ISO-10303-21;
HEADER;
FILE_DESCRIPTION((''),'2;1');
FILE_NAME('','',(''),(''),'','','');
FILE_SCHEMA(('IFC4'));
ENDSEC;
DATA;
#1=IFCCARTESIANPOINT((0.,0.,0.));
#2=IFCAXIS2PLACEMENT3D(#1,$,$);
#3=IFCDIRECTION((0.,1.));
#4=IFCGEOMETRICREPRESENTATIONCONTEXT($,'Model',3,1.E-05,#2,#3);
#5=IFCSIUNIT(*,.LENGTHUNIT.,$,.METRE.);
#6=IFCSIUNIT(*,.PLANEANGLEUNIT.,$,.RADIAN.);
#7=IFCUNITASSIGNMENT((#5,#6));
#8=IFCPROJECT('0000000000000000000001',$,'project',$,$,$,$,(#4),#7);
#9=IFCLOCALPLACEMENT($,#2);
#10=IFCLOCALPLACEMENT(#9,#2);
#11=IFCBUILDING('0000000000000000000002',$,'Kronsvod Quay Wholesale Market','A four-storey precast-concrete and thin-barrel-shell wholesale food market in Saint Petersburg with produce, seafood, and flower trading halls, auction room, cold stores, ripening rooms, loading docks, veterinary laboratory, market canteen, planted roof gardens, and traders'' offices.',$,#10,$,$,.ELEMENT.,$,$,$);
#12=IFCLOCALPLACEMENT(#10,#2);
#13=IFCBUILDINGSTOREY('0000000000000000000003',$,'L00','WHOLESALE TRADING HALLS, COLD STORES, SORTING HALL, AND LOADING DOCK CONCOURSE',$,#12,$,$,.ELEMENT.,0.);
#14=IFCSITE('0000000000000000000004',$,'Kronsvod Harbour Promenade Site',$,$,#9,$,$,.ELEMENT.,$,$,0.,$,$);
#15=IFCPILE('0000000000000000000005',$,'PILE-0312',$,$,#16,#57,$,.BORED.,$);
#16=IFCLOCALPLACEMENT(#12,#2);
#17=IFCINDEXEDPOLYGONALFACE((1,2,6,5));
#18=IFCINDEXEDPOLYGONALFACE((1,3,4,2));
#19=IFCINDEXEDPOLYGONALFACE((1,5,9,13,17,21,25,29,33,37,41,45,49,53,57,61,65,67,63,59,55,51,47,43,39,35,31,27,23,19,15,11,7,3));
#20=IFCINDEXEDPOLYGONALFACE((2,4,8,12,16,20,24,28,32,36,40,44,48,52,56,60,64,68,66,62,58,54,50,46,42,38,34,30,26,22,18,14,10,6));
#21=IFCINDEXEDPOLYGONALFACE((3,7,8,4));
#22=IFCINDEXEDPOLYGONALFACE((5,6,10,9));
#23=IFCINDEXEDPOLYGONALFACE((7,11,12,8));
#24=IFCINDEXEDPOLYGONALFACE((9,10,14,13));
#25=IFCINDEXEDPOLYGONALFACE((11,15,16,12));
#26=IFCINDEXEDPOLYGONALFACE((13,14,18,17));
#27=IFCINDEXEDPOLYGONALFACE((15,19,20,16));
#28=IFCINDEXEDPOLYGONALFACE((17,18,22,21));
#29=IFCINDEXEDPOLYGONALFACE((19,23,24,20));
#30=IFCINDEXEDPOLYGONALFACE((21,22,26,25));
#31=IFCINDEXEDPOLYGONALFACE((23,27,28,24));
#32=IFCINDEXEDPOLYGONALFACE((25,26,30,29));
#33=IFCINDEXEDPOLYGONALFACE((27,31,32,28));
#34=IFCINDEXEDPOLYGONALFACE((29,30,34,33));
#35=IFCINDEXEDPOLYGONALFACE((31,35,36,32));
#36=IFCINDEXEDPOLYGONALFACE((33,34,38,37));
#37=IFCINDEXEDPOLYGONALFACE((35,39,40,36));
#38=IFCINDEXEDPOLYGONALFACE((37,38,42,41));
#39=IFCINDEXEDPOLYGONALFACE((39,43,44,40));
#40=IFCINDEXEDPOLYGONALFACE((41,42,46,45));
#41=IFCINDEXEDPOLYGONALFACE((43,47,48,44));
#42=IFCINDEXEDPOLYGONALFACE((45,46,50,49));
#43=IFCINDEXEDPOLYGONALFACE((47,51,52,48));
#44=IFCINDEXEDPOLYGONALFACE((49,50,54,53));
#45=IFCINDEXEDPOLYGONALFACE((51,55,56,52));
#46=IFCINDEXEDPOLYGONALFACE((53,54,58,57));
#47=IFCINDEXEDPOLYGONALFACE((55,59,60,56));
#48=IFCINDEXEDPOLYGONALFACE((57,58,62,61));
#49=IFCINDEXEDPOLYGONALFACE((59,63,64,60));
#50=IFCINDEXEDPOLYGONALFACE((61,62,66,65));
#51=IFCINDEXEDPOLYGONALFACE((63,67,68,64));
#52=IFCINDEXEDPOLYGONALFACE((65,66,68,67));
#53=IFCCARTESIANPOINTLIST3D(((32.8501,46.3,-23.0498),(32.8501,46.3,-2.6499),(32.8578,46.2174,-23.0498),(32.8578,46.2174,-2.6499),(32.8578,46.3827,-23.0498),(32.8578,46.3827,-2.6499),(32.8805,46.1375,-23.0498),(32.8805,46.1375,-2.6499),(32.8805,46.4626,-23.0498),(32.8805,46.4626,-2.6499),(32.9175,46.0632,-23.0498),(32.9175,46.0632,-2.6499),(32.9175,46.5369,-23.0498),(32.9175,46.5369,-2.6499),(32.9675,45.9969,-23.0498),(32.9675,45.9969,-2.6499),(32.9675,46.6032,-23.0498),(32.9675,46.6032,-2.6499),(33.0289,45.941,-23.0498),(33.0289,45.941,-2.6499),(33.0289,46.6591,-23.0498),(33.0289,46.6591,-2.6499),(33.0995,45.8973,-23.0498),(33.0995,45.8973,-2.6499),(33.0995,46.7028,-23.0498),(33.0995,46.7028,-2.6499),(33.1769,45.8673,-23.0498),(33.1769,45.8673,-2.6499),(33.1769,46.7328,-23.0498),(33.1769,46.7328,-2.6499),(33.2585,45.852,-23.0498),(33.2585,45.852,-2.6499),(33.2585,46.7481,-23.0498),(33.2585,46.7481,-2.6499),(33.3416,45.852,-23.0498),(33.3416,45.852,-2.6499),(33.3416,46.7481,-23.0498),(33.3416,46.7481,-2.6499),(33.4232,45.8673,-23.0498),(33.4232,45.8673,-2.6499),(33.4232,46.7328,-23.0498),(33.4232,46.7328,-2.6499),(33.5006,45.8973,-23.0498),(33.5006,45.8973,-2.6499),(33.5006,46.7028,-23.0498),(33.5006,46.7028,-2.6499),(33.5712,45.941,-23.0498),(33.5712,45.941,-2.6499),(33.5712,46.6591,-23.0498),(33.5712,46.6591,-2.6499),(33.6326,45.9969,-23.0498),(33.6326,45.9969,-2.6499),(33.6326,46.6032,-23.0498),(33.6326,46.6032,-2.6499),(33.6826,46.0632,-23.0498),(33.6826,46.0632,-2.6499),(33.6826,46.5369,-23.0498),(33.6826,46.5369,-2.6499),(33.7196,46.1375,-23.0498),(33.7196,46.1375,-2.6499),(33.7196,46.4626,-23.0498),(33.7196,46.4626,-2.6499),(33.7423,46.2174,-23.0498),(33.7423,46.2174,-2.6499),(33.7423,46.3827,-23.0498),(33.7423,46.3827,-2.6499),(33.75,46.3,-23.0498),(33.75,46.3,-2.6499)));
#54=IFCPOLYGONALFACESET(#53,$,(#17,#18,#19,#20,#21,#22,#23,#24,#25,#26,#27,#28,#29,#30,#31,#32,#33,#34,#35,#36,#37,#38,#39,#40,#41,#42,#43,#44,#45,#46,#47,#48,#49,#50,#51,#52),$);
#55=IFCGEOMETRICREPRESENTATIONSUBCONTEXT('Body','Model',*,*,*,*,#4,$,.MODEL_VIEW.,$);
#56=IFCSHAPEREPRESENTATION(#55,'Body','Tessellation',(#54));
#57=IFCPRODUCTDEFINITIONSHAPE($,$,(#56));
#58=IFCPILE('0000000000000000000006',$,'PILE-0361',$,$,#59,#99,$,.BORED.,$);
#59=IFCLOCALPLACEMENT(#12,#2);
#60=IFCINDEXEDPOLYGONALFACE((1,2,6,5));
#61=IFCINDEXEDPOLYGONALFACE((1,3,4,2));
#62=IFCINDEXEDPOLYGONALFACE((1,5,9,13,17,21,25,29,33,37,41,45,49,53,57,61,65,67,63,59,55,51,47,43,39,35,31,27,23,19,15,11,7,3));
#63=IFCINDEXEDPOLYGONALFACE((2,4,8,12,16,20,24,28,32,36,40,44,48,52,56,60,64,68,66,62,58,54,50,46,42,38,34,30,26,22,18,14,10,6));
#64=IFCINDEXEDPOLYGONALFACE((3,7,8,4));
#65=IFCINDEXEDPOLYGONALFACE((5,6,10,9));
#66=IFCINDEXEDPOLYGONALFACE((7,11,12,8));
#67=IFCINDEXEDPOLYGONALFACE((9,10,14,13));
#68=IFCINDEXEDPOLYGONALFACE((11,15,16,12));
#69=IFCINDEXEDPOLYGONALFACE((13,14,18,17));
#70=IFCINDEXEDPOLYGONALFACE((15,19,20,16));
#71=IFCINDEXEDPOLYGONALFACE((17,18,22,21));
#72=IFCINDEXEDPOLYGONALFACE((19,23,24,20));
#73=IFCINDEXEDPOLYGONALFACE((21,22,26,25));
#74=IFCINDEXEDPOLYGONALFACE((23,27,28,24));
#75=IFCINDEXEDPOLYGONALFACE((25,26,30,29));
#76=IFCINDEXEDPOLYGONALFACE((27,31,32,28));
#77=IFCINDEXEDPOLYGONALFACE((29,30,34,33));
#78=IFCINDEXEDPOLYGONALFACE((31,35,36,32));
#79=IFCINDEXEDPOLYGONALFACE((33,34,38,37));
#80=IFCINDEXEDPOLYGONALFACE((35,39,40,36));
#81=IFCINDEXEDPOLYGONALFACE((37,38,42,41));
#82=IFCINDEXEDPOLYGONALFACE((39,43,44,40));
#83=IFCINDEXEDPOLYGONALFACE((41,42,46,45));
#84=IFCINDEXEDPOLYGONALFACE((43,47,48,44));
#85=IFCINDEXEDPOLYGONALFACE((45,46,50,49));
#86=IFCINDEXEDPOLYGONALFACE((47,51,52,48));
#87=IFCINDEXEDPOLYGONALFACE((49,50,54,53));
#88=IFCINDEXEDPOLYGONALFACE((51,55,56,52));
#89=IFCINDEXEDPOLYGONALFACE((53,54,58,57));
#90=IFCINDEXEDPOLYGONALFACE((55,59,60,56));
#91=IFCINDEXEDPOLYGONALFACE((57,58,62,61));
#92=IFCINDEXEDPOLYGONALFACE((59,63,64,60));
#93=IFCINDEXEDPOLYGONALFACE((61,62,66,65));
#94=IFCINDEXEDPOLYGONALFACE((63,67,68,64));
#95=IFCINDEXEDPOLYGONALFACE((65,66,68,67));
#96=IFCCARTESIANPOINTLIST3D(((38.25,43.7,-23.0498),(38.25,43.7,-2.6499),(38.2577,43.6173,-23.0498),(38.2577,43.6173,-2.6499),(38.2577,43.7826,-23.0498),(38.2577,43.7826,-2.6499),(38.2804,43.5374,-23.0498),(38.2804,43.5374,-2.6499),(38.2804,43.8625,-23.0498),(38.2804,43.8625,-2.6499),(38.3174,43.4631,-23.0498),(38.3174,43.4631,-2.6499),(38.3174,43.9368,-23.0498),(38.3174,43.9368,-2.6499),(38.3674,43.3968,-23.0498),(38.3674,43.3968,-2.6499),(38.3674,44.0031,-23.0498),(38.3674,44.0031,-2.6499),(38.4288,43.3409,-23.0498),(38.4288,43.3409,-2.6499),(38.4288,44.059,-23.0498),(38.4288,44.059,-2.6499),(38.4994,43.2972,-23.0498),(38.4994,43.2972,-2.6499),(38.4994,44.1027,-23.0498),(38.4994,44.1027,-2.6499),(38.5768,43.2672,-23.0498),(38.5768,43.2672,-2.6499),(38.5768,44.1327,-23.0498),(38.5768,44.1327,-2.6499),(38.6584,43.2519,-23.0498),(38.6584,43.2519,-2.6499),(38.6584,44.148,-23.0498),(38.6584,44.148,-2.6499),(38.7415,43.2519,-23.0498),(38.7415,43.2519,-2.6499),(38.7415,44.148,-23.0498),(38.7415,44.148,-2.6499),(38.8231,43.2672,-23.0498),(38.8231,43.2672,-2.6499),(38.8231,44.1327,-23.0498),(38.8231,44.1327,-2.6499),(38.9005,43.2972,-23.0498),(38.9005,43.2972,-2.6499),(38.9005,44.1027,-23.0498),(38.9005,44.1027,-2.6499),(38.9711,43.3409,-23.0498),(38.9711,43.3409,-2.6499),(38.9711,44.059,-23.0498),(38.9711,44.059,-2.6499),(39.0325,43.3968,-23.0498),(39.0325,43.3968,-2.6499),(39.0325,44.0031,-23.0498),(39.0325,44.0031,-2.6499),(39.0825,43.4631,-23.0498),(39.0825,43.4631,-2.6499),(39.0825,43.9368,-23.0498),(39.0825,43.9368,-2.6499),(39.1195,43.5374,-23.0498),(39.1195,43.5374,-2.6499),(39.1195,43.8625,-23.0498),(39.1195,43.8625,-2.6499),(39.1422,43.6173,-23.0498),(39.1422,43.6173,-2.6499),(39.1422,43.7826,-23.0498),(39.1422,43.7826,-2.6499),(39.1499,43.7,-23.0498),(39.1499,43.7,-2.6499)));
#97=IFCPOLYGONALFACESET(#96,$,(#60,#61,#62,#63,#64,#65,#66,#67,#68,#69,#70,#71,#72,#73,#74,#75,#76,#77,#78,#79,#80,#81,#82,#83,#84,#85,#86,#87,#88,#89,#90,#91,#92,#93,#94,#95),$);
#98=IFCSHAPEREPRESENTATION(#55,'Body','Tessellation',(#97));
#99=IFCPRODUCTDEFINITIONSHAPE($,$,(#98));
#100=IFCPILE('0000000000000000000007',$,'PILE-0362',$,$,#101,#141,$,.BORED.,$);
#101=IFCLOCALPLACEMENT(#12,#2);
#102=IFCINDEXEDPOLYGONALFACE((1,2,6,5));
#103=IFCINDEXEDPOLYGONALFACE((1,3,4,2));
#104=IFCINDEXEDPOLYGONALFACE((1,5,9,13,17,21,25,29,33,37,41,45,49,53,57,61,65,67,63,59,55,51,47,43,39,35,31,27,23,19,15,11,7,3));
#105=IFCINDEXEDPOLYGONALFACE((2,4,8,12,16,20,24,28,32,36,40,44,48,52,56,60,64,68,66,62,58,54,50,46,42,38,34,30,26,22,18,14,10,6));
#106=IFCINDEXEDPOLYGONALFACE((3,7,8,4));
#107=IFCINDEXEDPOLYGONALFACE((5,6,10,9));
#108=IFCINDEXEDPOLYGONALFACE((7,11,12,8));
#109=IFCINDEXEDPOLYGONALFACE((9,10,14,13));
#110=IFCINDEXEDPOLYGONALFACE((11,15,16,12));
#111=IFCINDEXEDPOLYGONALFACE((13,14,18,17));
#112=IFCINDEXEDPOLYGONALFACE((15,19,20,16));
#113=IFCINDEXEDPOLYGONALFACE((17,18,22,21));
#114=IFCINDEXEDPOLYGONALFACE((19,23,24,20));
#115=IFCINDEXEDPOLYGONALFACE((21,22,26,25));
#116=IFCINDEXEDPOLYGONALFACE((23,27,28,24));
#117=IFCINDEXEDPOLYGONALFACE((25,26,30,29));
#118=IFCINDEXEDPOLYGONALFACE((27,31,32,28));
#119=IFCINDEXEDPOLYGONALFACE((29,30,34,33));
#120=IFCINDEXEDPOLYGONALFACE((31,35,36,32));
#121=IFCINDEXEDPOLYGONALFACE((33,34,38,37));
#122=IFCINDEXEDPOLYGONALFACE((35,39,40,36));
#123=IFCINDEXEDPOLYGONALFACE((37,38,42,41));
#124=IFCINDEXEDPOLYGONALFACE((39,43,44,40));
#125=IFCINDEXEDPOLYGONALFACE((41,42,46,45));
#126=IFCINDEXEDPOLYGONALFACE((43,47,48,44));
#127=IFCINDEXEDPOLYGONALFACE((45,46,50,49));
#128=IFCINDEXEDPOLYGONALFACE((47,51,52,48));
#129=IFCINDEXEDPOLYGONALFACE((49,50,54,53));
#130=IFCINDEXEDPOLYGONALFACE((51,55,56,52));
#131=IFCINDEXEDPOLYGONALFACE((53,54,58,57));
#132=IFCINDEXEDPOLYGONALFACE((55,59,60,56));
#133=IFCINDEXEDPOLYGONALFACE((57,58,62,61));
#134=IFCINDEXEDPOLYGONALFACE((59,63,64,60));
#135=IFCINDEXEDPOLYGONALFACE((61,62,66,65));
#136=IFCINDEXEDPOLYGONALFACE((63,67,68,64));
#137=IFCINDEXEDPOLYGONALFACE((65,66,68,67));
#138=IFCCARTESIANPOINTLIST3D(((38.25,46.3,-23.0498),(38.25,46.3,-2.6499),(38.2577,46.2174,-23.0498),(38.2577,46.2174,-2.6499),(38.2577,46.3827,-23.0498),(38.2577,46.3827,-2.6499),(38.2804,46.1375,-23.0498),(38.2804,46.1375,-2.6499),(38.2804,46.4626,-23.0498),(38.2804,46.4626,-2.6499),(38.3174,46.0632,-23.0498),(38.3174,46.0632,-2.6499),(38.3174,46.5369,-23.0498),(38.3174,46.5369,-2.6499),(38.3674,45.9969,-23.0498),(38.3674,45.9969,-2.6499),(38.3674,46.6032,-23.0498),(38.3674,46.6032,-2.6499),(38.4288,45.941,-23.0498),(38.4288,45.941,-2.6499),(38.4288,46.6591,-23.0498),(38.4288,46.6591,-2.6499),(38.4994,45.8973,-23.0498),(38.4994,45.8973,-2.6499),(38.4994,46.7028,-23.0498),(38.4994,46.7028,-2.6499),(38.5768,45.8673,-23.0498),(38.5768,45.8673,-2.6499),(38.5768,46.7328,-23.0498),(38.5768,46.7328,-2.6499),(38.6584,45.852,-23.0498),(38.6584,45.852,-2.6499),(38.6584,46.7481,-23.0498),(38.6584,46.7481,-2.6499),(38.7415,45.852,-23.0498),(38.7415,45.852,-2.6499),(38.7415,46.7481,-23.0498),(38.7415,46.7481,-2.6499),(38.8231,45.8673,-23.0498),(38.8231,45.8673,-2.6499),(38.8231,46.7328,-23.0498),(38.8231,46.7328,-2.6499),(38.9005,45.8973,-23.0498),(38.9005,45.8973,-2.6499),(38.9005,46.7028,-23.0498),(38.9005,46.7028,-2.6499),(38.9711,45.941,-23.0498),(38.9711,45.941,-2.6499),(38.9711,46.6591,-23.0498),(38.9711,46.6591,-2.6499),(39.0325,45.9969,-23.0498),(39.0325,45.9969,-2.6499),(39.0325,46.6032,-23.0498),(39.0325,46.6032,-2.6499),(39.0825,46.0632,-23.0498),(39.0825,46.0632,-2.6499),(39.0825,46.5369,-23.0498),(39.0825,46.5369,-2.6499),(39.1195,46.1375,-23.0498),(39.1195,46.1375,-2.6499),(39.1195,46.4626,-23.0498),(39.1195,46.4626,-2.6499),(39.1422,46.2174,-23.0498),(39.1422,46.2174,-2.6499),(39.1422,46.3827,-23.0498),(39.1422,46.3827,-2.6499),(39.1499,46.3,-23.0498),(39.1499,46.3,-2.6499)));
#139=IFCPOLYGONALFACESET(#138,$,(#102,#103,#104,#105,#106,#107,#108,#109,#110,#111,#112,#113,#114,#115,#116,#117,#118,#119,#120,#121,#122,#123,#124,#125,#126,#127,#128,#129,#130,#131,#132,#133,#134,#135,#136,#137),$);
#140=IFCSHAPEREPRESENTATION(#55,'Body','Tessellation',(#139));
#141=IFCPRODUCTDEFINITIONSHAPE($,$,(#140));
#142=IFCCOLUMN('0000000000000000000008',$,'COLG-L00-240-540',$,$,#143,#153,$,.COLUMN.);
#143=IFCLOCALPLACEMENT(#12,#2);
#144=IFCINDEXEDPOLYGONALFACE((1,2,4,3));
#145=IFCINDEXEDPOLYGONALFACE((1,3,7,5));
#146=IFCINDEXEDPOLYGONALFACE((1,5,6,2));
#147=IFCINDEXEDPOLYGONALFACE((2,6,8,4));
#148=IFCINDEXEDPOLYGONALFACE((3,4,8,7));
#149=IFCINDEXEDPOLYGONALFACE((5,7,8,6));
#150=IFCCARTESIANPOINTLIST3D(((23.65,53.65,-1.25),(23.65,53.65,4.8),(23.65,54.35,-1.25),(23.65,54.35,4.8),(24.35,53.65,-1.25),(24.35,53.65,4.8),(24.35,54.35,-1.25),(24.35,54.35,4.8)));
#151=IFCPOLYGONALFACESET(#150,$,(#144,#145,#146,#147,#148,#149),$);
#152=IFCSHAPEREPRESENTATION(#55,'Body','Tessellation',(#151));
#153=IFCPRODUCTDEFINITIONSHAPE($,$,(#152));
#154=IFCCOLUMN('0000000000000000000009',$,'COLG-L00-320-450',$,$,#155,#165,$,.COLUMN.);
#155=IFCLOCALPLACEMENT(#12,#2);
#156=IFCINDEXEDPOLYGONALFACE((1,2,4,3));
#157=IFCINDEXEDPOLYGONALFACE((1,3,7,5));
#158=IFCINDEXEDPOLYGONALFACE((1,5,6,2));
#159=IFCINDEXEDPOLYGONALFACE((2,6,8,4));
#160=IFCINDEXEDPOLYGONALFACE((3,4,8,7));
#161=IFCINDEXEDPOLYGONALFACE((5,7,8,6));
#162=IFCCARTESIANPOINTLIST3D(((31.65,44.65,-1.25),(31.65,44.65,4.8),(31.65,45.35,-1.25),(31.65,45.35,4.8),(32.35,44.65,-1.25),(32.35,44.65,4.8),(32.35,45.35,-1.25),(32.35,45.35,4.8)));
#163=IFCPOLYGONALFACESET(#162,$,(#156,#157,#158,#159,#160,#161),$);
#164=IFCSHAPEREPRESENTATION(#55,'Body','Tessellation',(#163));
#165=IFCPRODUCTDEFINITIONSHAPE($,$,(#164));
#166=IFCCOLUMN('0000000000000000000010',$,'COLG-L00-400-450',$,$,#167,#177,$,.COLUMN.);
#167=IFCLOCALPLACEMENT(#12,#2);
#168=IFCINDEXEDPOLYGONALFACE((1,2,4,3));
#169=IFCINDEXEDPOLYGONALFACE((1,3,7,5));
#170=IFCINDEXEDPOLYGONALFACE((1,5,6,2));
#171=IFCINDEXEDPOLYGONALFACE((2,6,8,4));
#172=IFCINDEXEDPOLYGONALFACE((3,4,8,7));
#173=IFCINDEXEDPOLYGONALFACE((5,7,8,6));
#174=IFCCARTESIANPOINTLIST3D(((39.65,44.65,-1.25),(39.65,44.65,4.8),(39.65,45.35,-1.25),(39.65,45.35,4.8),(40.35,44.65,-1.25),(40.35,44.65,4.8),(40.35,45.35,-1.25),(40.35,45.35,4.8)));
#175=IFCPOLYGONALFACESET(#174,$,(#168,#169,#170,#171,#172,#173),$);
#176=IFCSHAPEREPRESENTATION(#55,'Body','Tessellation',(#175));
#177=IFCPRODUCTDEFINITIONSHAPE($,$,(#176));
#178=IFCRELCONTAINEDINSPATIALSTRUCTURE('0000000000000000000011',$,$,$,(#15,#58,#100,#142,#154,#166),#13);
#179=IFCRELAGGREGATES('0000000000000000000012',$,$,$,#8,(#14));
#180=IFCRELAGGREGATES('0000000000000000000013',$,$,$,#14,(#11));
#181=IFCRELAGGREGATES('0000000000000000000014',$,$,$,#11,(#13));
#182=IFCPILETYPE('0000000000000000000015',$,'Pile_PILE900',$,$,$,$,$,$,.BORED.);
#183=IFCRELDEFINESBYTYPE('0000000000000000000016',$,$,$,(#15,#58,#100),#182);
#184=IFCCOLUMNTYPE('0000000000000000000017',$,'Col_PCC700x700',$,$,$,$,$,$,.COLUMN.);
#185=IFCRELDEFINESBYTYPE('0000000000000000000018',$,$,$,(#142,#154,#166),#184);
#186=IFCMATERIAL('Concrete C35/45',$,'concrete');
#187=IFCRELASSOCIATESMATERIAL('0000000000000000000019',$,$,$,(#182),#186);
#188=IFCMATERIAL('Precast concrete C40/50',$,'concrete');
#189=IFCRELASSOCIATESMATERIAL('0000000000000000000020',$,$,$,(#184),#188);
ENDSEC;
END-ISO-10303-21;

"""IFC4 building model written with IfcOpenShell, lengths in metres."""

from ifc_helpers import new_model, si_unit, direction, frame, origin, origin_2d, place, context, subcontext, project, spatial, rectangle, circle, extrude, material, material_profile, profile_set, type_object, element, save


model = new_model("IFC4")

# Units and contexts
model_context = context("Model", 3, precision=1e-05, world=origin(), true_north=direction((0.0, 1.0)))
body_context = subcontext(model_context, "Body", "Model", "MODEL_VIEW")
ifc_project = project(units=[si_unit("LENGTHUNIT", "METRE"), si_unit("PLANEANGLEUNIT", "RADIAN")], contexts=[model_context])

# Site, building, storey
site_placement = place(None, origin())
site = spatial("IfcSite", under=ifc_project, at=site_placement, Name="Kronsvod Harbour Promenade Site", CompositionType="ELEMENT", RefElevation=0.0)
building_placement = place(site_placement, origin())
building = spatial("IfcBuilding", under=site, at=building_placement, Name="Kronsvod Quay Wholesale Market", Description="A four-storey precast-concrete and thin-barrel-shell wholesale food market in Saint Petersburg with produce, seafood, and flower trading halls, auction room, cold stores, ripening rooms, loading docks, veterinary laboratory, market canteen, planted roof gardens, and traders' offices.", CompositionType="ELEMENT")
storey_placement = place(building_placement, origin())
storey = spatial("IfcBuildingStorey", under=building, at=storey_placement, Name="L00", Description="WHOLESALE TRADING HALLS, COLD STORES, SORTING HALL, AND LOADING DOCK CONCOURSE", CompositionType="ELEMENT", Elevation=0.0)

# Piles
ifc_material_1 = material(Name="Concrete C35/45", Category="concrete")
ifc_material_profile_1 = material_profile(ifc_material_1, circle(Radius=0.45, at=origin_2d()), Name="PILE900")
ifc_profile_set_1 = profile_set([ifc_material_profile_1], Name="Concrete C35/45")
pile_type_1 = type_object("IfcPileType", Name="Pile_PILE900", PredefinedType="BORED", material=ifc_profile_set_1)
for number, where, z_axis, x_axis, name in (
    (1, (33.3, 46.3, -2.6499), (0.0, 0.0, -1.0), (1.0, 0.0, 0.0), "PILE-0312"),
    (2, (38.7, 43.7, -2.6499), (0.0, 0.0, -1.0), (1.0, 0.0, 0.0), "PILE-0361"),
    (3, (38.7, 46.3, -2.6499), (0.0, 0.0, -1.0), (1.0, 0.0, 0.0), "PILE-0362"),
):
    element("IfcPile", number, at=place(storey_placement, frame(where, z_axis=z_axis, x_axis=x_axis)), inside=storey, type_object=pile_type_1, Name=name, PredefinedType="BORED", context=body_context, shape_type="SweptSolid", body=[
        extrude(circle(Radius=0.45, at=origin_2d()), origin(), (0.0, 0.0, 1.0), 20.3999),
    ])

# Columns
ifc_material_2 = material(Name="Precast concrete C40/50", Category="concrete")
ifc_material_profile_2 = material_profile(ifc_material_2, rectangle(XDim=0.7, YDim=0.7, at=origin_2d()), Name="PCC700x700")
ifc_profile_set_2 = profile_set([ifc_material_profile_2], Name="Precast concrete C40/50")
column_type = type_object("IfcColumnType", Name="Col_PCC700x700", PredefinedType="COLUMN", material=ifc_profile_set_2)
for number, where, z_axis, x_axis, name in (
    (4, (24.0, 54.0, -1.25), (0.0, 0.0, 1.0), (1.0, 0.0, 0.0), "COLG-L00-240-540"),
    (5, (32.0, 45.0, -1.25), (0.0, 0.0, 1.0), (1.0, 0.0, 0.0), "COLG-L00-320-450"),
    (6, (40.0, 45.0, -1.25), (0.0, 0.0, 1.0), (1.0, 0.0, 0.0), "COLG-L00-400-450"),
):
    element("IfcColumn", number, at=place(storey_placement, frame(where, z_axis=z_axis, x_axis=x_axis)), inside=storey, type_object=column_type, Name=name, PredefinedType="COLUMN", context=body_context, shape_type="SweptSolid", body=[
        extrude(rectangle(XDim=0.7, YDim=0.7, at=origin_2d()), origin(), (0.0, 0.0, 1.0), 6.05),
    ])

save(model, "model.ifc")
